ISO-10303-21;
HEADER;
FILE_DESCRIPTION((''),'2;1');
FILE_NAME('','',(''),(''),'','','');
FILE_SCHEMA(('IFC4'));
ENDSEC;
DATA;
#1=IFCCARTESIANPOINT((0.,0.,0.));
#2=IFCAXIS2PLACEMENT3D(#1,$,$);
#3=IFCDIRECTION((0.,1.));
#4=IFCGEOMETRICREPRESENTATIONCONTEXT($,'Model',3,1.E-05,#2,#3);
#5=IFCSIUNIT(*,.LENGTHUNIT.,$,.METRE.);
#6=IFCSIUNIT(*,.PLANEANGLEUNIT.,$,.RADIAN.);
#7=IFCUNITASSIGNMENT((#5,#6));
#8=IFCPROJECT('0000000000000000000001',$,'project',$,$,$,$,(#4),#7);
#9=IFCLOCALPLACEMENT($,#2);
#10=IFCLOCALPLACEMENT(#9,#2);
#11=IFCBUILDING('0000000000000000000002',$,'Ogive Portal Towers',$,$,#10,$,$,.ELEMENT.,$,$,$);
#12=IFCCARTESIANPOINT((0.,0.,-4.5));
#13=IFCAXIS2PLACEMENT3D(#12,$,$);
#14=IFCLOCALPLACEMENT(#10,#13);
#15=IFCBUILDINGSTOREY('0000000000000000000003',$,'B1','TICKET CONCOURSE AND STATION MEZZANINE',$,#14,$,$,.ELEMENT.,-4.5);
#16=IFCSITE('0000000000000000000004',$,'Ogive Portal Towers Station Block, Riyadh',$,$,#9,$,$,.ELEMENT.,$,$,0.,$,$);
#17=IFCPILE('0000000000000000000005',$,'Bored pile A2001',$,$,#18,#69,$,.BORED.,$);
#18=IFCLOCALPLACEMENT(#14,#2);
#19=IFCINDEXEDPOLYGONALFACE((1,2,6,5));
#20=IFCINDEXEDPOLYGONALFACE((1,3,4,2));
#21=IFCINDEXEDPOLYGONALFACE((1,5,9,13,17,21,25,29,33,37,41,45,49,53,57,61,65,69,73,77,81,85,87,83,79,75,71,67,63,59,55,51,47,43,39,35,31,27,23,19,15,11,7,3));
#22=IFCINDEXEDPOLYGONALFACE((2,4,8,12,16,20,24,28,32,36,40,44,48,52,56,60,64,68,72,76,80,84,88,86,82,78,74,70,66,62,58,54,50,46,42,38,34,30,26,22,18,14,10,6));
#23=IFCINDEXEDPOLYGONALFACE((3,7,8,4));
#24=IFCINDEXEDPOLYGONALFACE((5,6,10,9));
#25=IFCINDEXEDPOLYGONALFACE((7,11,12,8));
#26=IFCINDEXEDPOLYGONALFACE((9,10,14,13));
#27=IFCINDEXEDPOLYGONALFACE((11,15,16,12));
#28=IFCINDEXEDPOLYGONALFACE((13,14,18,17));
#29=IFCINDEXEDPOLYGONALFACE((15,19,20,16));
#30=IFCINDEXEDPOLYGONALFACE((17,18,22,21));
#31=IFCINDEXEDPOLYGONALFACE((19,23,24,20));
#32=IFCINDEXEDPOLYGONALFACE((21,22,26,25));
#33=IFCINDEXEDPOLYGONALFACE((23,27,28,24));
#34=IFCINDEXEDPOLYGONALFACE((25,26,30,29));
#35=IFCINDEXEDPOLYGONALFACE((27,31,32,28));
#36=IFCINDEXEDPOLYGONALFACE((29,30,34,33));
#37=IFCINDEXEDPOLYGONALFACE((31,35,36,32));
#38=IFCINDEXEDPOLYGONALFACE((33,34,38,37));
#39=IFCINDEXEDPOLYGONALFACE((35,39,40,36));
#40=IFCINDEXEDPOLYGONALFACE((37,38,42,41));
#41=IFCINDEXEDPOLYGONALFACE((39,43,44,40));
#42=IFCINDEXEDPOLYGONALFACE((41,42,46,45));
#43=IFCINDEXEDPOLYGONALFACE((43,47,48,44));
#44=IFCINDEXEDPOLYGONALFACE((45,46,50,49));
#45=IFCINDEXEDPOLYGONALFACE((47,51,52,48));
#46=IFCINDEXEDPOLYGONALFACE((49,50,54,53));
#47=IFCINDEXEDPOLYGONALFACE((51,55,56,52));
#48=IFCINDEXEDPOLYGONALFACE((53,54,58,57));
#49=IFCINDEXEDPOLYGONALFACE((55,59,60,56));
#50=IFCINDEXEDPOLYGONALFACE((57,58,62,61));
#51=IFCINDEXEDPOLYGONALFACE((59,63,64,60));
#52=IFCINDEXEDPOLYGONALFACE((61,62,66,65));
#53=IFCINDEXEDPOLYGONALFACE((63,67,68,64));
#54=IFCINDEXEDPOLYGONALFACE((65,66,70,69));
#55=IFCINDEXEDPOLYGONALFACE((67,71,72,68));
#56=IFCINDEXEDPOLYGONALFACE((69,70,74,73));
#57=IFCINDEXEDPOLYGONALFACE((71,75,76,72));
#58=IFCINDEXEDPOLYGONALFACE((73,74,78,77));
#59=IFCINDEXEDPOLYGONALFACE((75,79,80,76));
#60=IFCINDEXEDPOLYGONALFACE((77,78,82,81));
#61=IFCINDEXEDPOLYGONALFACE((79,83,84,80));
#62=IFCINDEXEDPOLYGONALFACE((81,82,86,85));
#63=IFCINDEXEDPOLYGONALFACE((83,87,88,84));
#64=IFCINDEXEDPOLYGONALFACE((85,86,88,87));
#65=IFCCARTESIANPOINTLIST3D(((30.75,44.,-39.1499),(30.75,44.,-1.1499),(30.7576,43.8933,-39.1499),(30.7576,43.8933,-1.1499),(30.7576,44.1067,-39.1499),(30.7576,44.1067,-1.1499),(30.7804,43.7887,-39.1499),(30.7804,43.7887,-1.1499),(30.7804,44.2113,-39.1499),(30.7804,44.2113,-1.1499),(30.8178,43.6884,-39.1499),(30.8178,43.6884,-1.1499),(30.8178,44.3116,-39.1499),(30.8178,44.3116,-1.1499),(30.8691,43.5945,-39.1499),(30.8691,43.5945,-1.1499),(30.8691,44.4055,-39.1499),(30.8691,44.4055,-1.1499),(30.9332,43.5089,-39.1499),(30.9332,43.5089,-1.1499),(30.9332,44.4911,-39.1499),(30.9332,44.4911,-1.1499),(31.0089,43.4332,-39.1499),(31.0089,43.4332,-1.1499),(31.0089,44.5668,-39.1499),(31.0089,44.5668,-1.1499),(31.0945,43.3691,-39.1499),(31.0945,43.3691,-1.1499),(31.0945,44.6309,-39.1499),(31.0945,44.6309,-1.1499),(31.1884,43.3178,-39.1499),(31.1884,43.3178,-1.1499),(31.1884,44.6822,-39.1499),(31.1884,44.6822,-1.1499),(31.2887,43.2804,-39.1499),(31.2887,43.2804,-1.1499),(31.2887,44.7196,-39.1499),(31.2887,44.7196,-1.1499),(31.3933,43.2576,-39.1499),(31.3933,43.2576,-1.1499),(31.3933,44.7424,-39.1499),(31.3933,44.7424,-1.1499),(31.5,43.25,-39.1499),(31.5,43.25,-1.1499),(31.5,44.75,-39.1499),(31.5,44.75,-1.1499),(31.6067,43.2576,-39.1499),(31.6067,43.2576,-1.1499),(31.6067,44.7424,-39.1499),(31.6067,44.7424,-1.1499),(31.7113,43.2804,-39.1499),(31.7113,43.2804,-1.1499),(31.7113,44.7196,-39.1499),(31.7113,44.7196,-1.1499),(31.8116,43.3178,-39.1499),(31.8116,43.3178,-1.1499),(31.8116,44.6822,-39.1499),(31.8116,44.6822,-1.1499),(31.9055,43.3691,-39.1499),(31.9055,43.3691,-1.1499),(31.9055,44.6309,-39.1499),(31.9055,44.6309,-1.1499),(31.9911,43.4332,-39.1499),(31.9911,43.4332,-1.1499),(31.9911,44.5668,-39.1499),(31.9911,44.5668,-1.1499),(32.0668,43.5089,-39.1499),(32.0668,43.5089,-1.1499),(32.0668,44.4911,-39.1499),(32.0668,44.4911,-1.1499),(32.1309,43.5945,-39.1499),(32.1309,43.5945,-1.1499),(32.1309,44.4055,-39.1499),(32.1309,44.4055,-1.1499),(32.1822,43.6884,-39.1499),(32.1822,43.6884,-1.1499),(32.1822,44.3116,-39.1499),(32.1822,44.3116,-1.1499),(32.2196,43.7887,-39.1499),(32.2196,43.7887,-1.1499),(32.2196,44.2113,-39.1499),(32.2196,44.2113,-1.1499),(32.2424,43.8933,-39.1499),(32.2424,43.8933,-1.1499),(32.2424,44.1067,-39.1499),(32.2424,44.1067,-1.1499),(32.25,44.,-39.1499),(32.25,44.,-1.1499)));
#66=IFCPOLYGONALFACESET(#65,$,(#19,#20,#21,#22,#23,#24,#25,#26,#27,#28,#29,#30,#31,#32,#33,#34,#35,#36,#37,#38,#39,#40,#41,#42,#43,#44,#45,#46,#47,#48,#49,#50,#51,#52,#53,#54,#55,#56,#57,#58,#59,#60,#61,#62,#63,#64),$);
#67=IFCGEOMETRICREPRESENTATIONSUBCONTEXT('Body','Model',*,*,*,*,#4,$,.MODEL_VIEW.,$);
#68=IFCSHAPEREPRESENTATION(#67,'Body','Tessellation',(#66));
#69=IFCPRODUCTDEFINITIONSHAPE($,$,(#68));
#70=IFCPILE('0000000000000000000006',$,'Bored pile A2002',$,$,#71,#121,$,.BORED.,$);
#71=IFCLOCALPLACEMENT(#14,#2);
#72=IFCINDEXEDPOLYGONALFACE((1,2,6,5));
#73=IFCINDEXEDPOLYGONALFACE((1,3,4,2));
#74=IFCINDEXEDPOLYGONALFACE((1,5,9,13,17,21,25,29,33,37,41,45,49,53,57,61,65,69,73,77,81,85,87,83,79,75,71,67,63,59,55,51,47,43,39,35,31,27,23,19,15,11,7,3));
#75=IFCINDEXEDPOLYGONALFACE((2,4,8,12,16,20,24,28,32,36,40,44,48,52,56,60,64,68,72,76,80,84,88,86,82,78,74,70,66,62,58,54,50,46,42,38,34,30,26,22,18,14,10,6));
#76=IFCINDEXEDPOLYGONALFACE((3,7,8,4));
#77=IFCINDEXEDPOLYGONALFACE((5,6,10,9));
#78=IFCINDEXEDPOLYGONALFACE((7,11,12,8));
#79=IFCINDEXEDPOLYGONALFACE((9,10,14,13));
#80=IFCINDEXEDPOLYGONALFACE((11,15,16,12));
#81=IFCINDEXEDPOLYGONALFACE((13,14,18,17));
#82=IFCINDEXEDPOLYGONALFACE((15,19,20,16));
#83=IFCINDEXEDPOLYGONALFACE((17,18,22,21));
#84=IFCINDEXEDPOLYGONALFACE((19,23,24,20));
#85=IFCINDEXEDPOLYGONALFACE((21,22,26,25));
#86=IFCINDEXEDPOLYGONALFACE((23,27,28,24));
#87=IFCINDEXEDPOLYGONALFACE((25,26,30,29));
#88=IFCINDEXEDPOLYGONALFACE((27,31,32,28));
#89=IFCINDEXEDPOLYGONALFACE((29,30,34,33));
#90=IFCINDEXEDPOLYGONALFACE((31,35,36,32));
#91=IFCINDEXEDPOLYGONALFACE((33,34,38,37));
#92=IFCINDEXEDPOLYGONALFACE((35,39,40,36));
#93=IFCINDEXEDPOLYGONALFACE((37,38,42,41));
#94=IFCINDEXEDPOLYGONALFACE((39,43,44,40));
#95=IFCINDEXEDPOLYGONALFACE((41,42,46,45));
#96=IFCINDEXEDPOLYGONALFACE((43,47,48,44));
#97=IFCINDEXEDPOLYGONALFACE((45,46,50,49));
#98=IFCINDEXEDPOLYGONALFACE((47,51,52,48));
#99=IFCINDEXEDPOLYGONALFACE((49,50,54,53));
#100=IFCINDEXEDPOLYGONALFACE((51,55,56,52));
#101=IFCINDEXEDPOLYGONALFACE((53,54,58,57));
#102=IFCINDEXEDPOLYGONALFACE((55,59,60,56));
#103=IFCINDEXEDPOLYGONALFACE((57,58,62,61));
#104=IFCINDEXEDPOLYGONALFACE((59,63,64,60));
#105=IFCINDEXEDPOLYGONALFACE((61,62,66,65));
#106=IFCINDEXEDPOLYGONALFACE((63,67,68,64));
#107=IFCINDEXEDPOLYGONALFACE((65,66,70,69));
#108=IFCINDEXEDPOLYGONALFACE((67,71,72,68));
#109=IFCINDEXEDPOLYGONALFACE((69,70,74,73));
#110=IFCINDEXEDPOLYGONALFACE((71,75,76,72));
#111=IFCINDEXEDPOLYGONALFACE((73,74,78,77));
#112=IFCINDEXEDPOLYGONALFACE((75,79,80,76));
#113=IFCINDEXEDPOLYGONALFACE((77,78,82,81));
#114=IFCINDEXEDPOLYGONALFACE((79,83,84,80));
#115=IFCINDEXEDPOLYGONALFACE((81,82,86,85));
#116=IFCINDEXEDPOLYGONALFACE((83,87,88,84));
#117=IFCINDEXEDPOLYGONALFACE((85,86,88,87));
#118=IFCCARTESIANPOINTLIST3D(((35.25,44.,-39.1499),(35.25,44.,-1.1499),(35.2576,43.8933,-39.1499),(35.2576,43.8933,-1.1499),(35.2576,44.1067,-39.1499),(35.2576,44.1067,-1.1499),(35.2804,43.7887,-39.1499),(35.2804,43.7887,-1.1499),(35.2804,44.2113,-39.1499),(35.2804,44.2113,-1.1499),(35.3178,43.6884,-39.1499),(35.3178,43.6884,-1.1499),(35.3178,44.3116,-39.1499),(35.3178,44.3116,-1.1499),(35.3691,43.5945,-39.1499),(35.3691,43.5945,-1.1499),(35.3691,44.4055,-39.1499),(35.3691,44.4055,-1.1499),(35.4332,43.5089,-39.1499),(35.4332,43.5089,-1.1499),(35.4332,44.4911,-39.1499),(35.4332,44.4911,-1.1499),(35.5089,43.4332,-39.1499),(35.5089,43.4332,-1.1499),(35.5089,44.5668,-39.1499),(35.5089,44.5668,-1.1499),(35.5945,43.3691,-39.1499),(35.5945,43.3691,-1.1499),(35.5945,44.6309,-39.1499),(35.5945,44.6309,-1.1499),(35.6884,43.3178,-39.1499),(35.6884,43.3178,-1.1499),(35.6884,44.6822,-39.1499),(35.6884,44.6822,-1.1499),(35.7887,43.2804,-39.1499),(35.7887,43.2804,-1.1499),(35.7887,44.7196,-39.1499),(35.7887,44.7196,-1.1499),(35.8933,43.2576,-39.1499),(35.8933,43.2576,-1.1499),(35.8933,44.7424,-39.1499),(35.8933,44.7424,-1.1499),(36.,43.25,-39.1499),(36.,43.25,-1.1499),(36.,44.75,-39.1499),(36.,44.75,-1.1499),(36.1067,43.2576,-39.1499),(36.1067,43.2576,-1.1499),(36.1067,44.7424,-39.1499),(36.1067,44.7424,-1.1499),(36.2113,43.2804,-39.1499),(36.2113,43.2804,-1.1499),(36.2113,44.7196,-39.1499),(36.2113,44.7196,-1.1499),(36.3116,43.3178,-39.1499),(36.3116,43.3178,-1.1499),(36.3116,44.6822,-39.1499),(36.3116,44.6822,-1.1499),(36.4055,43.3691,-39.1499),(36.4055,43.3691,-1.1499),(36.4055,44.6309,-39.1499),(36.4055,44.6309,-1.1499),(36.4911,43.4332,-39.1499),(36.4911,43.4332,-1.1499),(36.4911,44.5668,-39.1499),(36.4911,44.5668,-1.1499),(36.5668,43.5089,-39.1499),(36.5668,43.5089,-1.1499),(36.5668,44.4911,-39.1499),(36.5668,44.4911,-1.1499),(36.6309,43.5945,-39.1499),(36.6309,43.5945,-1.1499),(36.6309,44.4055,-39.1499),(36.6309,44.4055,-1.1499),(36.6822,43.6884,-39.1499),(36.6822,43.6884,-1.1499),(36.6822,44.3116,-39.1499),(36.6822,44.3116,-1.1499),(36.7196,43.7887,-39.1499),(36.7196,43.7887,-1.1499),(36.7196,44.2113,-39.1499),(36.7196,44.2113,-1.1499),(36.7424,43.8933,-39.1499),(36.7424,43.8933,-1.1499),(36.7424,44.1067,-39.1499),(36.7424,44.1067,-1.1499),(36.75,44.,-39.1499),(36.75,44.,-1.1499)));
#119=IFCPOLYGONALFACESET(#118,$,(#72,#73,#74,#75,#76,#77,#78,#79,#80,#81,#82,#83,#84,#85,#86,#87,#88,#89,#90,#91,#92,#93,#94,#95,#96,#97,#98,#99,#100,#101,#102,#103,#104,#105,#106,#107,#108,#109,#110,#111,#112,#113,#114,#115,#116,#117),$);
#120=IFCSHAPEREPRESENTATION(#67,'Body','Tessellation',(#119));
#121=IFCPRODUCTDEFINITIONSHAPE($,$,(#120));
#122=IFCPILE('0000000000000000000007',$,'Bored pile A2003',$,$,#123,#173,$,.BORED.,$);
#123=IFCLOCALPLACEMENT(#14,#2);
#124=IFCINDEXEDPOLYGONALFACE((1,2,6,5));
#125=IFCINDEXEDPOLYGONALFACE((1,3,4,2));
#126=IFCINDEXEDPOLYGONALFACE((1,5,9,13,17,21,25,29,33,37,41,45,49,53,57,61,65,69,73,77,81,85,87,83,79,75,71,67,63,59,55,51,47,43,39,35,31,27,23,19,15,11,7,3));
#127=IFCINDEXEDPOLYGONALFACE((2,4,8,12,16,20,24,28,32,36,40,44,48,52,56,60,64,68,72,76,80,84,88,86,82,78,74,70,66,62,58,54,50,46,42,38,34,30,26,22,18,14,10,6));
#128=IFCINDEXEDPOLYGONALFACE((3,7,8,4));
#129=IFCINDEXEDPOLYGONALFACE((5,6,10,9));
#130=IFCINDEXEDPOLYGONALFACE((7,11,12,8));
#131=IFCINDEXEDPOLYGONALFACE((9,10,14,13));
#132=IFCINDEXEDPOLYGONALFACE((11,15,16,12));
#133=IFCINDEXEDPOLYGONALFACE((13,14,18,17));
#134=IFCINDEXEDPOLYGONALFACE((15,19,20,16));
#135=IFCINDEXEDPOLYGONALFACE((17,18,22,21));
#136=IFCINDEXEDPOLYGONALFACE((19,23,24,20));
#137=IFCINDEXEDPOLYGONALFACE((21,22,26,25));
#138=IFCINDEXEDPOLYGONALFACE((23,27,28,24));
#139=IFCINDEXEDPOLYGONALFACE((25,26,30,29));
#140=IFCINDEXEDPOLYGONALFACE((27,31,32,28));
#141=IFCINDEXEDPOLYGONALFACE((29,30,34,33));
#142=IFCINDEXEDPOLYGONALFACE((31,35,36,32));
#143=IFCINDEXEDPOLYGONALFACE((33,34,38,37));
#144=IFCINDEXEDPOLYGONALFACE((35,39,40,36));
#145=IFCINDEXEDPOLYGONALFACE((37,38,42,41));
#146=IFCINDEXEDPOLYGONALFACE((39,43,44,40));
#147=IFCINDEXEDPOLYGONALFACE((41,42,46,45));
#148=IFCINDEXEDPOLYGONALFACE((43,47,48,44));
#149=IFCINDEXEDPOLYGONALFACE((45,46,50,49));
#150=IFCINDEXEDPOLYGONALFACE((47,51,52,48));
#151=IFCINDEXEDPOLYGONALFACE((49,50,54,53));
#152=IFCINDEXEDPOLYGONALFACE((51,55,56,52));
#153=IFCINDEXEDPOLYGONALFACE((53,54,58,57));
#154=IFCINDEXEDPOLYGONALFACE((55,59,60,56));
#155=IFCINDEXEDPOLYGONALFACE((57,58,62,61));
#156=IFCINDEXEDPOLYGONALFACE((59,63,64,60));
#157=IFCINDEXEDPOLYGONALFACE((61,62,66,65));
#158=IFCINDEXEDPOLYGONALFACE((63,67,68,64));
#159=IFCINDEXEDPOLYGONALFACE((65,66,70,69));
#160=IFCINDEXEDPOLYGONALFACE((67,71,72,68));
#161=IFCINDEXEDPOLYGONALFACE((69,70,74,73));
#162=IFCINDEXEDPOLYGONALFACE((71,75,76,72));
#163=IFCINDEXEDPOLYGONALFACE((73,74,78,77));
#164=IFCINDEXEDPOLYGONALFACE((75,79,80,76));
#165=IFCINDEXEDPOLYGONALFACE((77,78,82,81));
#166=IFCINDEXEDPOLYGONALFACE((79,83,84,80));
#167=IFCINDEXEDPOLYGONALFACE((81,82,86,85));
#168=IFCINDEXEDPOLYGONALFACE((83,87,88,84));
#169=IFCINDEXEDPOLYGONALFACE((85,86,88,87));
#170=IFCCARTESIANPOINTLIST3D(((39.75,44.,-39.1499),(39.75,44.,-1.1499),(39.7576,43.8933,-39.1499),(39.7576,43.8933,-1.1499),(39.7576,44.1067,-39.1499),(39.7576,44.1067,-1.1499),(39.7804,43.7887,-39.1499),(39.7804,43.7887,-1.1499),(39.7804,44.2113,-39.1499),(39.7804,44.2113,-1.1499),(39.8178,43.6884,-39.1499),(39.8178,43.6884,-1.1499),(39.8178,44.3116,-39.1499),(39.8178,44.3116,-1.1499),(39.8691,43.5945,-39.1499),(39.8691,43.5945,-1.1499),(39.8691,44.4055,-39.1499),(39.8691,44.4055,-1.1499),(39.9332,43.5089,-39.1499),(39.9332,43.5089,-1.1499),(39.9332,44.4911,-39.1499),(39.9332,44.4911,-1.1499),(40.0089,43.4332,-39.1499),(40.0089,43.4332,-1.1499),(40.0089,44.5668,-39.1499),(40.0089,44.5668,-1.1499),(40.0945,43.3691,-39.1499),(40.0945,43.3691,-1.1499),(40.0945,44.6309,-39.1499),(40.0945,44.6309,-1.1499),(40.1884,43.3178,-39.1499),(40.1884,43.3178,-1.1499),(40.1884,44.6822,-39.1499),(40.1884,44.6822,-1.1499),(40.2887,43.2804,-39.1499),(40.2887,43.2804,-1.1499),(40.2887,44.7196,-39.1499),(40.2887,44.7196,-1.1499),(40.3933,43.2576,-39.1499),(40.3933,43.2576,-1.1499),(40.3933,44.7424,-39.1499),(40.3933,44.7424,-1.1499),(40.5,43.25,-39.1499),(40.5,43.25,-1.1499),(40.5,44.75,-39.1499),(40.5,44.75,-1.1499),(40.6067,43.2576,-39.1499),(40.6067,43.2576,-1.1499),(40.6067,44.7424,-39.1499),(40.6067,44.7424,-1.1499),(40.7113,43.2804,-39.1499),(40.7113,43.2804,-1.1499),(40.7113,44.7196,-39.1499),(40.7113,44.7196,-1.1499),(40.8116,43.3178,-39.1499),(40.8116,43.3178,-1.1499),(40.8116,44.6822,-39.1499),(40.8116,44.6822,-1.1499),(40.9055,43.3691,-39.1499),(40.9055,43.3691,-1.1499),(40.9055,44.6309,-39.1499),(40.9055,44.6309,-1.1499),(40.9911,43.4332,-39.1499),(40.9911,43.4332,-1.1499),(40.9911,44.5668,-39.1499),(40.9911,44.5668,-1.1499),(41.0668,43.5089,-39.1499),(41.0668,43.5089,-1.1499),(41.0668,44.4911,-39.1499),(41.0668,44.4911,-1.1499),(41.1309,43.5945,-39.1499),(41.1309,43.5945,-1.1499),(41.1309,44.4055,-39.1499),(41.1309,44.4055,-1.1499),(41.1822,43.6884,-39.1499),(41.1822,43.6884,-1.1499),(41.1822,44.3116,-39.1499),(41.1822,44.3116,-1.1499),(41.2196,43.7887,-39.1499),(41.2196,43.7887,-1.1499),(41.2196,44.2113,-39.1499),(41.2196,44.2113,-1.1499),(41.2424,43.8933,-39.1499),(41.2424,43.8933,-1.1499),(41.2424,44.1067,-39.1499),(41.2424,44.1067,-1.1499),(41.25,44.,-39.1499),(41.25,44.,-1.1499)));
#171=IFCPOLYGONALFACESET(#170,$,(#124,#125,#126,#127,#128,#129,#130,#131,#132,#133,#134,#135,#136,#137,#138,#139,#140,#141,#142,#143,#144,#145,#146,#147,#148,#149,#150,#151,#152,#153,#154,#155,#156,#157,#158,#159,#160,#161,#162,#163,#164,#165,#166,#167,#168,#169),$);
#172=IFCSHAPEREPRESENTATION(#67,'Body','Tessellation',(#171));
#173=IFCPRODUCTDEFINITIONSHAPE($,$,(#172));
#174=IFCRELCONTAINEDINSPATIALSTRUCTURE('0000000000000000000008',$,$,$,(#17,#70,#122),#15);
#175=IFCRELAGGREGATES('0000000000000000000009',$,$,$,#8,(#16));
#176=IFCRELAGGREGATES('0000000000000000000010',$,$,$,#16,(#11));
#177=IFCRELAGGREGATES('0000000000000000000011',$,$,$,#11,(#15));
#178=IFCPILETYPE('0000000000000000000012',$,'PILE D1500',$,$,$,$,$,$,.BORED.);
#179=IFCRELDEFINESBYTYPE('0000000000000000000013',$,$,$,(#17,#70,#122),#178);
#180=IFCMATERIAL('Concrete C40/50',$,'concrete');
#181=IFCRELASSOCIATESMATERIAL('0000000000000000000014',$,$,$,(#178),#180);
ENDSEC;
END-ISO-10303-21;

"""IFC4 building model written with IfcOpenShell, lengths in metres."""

from ifc_helpers import new_model, si_unit, direction, frame, origin, origin_2d, place, context, subcontext, project, spatial, circle, extrude, material, material_profile, profile_set, type_object, element, save


model = new_model("IFC4")

# Units and contexts
model_context = context("Model", 3, precision=1e-05, world=origin(), true_north=direction((0.0, 1.0)))
body_context = subcontext(model_context, "Body", "Model", "MODEL_VIEW")
ifc_project = project(units=[si_unit("LENGTHUNIT", "METRE"), si_unit("PLANEANGLEUNIT", "RADIAN")], contexts=[model_context])

# Site, building, storey
site_placement = place(None, origin())
site = spatial("IfcSite", under=ifc_project, at=site_placement, Name="Ogive Portal Towers Station Block, Riyadh", CompositionType="ELEMENT", RefElevation=0.0)
building_placement = place(site_placement, origin())
building = spatial("IfcBuilding", under=site, at=building_placement, Name="Ogive Portal Towers", CompositionType="ELEMENT")
storey_placement = place(building_placement, frame((0.0, 0.0, -4.5)))
storey = spatial("IfcBuildingStorey", under=building, at=storey_placement, Name="B1", Description="TICKET CONCOURSE AND STATION MEZZANINE", CompositionType="ELEMENT", Elevation=-4.5)

# Piles
ifc_material_1 = material(Name="Concrete C40/50", Category="concrete")
ifc_material_profile_1 = material_profile(ifc_material_1, circle(Radius=0.75, at=origin_2d()), Name="PILE D1500")
ifc_profile_set_1 = profile_set([ifc_material_profile_1], Name="Concrete C40/50")
pile_type = type_object("IfcPileType", Name="PILE D1500", PredefinedType="BORED", material=ifc_profile_set_1)
for number, where, z_axis, x_axis, name in (
    (1, (31.5, 44.0, -1.1499), (0.0, 0.0, -1.0), (1.0, 0.0, 0.0), "Bored pile A2001"),
    (2, (36.0, 44.0, -1.1499), (0.0, 0.0, -1.0), (1.0, 0.0, 0.0), "Bored pile A2002"),
    (3, (40.5, 44.0, -1.1499), (0.0, 0.0, -1.0), (1.0, 0.0, 0.0), "Bored pile A2003"),
):
    element("IfcPile", number, at=place(storey_placement, frame(where, z_axis=z_axis, x_axis=x_axis)), inside=storey, type_object=pile_type, Name=name, PredefinedType="BORED", context=body_context, shape_type="SweptSolid", body=[
        extrude(circle(Radius=0.75, at=origin_2d()), origin(), (0.0, 0.0, 1.0), 38.0),
    ])

save(model, "model.ifc")
